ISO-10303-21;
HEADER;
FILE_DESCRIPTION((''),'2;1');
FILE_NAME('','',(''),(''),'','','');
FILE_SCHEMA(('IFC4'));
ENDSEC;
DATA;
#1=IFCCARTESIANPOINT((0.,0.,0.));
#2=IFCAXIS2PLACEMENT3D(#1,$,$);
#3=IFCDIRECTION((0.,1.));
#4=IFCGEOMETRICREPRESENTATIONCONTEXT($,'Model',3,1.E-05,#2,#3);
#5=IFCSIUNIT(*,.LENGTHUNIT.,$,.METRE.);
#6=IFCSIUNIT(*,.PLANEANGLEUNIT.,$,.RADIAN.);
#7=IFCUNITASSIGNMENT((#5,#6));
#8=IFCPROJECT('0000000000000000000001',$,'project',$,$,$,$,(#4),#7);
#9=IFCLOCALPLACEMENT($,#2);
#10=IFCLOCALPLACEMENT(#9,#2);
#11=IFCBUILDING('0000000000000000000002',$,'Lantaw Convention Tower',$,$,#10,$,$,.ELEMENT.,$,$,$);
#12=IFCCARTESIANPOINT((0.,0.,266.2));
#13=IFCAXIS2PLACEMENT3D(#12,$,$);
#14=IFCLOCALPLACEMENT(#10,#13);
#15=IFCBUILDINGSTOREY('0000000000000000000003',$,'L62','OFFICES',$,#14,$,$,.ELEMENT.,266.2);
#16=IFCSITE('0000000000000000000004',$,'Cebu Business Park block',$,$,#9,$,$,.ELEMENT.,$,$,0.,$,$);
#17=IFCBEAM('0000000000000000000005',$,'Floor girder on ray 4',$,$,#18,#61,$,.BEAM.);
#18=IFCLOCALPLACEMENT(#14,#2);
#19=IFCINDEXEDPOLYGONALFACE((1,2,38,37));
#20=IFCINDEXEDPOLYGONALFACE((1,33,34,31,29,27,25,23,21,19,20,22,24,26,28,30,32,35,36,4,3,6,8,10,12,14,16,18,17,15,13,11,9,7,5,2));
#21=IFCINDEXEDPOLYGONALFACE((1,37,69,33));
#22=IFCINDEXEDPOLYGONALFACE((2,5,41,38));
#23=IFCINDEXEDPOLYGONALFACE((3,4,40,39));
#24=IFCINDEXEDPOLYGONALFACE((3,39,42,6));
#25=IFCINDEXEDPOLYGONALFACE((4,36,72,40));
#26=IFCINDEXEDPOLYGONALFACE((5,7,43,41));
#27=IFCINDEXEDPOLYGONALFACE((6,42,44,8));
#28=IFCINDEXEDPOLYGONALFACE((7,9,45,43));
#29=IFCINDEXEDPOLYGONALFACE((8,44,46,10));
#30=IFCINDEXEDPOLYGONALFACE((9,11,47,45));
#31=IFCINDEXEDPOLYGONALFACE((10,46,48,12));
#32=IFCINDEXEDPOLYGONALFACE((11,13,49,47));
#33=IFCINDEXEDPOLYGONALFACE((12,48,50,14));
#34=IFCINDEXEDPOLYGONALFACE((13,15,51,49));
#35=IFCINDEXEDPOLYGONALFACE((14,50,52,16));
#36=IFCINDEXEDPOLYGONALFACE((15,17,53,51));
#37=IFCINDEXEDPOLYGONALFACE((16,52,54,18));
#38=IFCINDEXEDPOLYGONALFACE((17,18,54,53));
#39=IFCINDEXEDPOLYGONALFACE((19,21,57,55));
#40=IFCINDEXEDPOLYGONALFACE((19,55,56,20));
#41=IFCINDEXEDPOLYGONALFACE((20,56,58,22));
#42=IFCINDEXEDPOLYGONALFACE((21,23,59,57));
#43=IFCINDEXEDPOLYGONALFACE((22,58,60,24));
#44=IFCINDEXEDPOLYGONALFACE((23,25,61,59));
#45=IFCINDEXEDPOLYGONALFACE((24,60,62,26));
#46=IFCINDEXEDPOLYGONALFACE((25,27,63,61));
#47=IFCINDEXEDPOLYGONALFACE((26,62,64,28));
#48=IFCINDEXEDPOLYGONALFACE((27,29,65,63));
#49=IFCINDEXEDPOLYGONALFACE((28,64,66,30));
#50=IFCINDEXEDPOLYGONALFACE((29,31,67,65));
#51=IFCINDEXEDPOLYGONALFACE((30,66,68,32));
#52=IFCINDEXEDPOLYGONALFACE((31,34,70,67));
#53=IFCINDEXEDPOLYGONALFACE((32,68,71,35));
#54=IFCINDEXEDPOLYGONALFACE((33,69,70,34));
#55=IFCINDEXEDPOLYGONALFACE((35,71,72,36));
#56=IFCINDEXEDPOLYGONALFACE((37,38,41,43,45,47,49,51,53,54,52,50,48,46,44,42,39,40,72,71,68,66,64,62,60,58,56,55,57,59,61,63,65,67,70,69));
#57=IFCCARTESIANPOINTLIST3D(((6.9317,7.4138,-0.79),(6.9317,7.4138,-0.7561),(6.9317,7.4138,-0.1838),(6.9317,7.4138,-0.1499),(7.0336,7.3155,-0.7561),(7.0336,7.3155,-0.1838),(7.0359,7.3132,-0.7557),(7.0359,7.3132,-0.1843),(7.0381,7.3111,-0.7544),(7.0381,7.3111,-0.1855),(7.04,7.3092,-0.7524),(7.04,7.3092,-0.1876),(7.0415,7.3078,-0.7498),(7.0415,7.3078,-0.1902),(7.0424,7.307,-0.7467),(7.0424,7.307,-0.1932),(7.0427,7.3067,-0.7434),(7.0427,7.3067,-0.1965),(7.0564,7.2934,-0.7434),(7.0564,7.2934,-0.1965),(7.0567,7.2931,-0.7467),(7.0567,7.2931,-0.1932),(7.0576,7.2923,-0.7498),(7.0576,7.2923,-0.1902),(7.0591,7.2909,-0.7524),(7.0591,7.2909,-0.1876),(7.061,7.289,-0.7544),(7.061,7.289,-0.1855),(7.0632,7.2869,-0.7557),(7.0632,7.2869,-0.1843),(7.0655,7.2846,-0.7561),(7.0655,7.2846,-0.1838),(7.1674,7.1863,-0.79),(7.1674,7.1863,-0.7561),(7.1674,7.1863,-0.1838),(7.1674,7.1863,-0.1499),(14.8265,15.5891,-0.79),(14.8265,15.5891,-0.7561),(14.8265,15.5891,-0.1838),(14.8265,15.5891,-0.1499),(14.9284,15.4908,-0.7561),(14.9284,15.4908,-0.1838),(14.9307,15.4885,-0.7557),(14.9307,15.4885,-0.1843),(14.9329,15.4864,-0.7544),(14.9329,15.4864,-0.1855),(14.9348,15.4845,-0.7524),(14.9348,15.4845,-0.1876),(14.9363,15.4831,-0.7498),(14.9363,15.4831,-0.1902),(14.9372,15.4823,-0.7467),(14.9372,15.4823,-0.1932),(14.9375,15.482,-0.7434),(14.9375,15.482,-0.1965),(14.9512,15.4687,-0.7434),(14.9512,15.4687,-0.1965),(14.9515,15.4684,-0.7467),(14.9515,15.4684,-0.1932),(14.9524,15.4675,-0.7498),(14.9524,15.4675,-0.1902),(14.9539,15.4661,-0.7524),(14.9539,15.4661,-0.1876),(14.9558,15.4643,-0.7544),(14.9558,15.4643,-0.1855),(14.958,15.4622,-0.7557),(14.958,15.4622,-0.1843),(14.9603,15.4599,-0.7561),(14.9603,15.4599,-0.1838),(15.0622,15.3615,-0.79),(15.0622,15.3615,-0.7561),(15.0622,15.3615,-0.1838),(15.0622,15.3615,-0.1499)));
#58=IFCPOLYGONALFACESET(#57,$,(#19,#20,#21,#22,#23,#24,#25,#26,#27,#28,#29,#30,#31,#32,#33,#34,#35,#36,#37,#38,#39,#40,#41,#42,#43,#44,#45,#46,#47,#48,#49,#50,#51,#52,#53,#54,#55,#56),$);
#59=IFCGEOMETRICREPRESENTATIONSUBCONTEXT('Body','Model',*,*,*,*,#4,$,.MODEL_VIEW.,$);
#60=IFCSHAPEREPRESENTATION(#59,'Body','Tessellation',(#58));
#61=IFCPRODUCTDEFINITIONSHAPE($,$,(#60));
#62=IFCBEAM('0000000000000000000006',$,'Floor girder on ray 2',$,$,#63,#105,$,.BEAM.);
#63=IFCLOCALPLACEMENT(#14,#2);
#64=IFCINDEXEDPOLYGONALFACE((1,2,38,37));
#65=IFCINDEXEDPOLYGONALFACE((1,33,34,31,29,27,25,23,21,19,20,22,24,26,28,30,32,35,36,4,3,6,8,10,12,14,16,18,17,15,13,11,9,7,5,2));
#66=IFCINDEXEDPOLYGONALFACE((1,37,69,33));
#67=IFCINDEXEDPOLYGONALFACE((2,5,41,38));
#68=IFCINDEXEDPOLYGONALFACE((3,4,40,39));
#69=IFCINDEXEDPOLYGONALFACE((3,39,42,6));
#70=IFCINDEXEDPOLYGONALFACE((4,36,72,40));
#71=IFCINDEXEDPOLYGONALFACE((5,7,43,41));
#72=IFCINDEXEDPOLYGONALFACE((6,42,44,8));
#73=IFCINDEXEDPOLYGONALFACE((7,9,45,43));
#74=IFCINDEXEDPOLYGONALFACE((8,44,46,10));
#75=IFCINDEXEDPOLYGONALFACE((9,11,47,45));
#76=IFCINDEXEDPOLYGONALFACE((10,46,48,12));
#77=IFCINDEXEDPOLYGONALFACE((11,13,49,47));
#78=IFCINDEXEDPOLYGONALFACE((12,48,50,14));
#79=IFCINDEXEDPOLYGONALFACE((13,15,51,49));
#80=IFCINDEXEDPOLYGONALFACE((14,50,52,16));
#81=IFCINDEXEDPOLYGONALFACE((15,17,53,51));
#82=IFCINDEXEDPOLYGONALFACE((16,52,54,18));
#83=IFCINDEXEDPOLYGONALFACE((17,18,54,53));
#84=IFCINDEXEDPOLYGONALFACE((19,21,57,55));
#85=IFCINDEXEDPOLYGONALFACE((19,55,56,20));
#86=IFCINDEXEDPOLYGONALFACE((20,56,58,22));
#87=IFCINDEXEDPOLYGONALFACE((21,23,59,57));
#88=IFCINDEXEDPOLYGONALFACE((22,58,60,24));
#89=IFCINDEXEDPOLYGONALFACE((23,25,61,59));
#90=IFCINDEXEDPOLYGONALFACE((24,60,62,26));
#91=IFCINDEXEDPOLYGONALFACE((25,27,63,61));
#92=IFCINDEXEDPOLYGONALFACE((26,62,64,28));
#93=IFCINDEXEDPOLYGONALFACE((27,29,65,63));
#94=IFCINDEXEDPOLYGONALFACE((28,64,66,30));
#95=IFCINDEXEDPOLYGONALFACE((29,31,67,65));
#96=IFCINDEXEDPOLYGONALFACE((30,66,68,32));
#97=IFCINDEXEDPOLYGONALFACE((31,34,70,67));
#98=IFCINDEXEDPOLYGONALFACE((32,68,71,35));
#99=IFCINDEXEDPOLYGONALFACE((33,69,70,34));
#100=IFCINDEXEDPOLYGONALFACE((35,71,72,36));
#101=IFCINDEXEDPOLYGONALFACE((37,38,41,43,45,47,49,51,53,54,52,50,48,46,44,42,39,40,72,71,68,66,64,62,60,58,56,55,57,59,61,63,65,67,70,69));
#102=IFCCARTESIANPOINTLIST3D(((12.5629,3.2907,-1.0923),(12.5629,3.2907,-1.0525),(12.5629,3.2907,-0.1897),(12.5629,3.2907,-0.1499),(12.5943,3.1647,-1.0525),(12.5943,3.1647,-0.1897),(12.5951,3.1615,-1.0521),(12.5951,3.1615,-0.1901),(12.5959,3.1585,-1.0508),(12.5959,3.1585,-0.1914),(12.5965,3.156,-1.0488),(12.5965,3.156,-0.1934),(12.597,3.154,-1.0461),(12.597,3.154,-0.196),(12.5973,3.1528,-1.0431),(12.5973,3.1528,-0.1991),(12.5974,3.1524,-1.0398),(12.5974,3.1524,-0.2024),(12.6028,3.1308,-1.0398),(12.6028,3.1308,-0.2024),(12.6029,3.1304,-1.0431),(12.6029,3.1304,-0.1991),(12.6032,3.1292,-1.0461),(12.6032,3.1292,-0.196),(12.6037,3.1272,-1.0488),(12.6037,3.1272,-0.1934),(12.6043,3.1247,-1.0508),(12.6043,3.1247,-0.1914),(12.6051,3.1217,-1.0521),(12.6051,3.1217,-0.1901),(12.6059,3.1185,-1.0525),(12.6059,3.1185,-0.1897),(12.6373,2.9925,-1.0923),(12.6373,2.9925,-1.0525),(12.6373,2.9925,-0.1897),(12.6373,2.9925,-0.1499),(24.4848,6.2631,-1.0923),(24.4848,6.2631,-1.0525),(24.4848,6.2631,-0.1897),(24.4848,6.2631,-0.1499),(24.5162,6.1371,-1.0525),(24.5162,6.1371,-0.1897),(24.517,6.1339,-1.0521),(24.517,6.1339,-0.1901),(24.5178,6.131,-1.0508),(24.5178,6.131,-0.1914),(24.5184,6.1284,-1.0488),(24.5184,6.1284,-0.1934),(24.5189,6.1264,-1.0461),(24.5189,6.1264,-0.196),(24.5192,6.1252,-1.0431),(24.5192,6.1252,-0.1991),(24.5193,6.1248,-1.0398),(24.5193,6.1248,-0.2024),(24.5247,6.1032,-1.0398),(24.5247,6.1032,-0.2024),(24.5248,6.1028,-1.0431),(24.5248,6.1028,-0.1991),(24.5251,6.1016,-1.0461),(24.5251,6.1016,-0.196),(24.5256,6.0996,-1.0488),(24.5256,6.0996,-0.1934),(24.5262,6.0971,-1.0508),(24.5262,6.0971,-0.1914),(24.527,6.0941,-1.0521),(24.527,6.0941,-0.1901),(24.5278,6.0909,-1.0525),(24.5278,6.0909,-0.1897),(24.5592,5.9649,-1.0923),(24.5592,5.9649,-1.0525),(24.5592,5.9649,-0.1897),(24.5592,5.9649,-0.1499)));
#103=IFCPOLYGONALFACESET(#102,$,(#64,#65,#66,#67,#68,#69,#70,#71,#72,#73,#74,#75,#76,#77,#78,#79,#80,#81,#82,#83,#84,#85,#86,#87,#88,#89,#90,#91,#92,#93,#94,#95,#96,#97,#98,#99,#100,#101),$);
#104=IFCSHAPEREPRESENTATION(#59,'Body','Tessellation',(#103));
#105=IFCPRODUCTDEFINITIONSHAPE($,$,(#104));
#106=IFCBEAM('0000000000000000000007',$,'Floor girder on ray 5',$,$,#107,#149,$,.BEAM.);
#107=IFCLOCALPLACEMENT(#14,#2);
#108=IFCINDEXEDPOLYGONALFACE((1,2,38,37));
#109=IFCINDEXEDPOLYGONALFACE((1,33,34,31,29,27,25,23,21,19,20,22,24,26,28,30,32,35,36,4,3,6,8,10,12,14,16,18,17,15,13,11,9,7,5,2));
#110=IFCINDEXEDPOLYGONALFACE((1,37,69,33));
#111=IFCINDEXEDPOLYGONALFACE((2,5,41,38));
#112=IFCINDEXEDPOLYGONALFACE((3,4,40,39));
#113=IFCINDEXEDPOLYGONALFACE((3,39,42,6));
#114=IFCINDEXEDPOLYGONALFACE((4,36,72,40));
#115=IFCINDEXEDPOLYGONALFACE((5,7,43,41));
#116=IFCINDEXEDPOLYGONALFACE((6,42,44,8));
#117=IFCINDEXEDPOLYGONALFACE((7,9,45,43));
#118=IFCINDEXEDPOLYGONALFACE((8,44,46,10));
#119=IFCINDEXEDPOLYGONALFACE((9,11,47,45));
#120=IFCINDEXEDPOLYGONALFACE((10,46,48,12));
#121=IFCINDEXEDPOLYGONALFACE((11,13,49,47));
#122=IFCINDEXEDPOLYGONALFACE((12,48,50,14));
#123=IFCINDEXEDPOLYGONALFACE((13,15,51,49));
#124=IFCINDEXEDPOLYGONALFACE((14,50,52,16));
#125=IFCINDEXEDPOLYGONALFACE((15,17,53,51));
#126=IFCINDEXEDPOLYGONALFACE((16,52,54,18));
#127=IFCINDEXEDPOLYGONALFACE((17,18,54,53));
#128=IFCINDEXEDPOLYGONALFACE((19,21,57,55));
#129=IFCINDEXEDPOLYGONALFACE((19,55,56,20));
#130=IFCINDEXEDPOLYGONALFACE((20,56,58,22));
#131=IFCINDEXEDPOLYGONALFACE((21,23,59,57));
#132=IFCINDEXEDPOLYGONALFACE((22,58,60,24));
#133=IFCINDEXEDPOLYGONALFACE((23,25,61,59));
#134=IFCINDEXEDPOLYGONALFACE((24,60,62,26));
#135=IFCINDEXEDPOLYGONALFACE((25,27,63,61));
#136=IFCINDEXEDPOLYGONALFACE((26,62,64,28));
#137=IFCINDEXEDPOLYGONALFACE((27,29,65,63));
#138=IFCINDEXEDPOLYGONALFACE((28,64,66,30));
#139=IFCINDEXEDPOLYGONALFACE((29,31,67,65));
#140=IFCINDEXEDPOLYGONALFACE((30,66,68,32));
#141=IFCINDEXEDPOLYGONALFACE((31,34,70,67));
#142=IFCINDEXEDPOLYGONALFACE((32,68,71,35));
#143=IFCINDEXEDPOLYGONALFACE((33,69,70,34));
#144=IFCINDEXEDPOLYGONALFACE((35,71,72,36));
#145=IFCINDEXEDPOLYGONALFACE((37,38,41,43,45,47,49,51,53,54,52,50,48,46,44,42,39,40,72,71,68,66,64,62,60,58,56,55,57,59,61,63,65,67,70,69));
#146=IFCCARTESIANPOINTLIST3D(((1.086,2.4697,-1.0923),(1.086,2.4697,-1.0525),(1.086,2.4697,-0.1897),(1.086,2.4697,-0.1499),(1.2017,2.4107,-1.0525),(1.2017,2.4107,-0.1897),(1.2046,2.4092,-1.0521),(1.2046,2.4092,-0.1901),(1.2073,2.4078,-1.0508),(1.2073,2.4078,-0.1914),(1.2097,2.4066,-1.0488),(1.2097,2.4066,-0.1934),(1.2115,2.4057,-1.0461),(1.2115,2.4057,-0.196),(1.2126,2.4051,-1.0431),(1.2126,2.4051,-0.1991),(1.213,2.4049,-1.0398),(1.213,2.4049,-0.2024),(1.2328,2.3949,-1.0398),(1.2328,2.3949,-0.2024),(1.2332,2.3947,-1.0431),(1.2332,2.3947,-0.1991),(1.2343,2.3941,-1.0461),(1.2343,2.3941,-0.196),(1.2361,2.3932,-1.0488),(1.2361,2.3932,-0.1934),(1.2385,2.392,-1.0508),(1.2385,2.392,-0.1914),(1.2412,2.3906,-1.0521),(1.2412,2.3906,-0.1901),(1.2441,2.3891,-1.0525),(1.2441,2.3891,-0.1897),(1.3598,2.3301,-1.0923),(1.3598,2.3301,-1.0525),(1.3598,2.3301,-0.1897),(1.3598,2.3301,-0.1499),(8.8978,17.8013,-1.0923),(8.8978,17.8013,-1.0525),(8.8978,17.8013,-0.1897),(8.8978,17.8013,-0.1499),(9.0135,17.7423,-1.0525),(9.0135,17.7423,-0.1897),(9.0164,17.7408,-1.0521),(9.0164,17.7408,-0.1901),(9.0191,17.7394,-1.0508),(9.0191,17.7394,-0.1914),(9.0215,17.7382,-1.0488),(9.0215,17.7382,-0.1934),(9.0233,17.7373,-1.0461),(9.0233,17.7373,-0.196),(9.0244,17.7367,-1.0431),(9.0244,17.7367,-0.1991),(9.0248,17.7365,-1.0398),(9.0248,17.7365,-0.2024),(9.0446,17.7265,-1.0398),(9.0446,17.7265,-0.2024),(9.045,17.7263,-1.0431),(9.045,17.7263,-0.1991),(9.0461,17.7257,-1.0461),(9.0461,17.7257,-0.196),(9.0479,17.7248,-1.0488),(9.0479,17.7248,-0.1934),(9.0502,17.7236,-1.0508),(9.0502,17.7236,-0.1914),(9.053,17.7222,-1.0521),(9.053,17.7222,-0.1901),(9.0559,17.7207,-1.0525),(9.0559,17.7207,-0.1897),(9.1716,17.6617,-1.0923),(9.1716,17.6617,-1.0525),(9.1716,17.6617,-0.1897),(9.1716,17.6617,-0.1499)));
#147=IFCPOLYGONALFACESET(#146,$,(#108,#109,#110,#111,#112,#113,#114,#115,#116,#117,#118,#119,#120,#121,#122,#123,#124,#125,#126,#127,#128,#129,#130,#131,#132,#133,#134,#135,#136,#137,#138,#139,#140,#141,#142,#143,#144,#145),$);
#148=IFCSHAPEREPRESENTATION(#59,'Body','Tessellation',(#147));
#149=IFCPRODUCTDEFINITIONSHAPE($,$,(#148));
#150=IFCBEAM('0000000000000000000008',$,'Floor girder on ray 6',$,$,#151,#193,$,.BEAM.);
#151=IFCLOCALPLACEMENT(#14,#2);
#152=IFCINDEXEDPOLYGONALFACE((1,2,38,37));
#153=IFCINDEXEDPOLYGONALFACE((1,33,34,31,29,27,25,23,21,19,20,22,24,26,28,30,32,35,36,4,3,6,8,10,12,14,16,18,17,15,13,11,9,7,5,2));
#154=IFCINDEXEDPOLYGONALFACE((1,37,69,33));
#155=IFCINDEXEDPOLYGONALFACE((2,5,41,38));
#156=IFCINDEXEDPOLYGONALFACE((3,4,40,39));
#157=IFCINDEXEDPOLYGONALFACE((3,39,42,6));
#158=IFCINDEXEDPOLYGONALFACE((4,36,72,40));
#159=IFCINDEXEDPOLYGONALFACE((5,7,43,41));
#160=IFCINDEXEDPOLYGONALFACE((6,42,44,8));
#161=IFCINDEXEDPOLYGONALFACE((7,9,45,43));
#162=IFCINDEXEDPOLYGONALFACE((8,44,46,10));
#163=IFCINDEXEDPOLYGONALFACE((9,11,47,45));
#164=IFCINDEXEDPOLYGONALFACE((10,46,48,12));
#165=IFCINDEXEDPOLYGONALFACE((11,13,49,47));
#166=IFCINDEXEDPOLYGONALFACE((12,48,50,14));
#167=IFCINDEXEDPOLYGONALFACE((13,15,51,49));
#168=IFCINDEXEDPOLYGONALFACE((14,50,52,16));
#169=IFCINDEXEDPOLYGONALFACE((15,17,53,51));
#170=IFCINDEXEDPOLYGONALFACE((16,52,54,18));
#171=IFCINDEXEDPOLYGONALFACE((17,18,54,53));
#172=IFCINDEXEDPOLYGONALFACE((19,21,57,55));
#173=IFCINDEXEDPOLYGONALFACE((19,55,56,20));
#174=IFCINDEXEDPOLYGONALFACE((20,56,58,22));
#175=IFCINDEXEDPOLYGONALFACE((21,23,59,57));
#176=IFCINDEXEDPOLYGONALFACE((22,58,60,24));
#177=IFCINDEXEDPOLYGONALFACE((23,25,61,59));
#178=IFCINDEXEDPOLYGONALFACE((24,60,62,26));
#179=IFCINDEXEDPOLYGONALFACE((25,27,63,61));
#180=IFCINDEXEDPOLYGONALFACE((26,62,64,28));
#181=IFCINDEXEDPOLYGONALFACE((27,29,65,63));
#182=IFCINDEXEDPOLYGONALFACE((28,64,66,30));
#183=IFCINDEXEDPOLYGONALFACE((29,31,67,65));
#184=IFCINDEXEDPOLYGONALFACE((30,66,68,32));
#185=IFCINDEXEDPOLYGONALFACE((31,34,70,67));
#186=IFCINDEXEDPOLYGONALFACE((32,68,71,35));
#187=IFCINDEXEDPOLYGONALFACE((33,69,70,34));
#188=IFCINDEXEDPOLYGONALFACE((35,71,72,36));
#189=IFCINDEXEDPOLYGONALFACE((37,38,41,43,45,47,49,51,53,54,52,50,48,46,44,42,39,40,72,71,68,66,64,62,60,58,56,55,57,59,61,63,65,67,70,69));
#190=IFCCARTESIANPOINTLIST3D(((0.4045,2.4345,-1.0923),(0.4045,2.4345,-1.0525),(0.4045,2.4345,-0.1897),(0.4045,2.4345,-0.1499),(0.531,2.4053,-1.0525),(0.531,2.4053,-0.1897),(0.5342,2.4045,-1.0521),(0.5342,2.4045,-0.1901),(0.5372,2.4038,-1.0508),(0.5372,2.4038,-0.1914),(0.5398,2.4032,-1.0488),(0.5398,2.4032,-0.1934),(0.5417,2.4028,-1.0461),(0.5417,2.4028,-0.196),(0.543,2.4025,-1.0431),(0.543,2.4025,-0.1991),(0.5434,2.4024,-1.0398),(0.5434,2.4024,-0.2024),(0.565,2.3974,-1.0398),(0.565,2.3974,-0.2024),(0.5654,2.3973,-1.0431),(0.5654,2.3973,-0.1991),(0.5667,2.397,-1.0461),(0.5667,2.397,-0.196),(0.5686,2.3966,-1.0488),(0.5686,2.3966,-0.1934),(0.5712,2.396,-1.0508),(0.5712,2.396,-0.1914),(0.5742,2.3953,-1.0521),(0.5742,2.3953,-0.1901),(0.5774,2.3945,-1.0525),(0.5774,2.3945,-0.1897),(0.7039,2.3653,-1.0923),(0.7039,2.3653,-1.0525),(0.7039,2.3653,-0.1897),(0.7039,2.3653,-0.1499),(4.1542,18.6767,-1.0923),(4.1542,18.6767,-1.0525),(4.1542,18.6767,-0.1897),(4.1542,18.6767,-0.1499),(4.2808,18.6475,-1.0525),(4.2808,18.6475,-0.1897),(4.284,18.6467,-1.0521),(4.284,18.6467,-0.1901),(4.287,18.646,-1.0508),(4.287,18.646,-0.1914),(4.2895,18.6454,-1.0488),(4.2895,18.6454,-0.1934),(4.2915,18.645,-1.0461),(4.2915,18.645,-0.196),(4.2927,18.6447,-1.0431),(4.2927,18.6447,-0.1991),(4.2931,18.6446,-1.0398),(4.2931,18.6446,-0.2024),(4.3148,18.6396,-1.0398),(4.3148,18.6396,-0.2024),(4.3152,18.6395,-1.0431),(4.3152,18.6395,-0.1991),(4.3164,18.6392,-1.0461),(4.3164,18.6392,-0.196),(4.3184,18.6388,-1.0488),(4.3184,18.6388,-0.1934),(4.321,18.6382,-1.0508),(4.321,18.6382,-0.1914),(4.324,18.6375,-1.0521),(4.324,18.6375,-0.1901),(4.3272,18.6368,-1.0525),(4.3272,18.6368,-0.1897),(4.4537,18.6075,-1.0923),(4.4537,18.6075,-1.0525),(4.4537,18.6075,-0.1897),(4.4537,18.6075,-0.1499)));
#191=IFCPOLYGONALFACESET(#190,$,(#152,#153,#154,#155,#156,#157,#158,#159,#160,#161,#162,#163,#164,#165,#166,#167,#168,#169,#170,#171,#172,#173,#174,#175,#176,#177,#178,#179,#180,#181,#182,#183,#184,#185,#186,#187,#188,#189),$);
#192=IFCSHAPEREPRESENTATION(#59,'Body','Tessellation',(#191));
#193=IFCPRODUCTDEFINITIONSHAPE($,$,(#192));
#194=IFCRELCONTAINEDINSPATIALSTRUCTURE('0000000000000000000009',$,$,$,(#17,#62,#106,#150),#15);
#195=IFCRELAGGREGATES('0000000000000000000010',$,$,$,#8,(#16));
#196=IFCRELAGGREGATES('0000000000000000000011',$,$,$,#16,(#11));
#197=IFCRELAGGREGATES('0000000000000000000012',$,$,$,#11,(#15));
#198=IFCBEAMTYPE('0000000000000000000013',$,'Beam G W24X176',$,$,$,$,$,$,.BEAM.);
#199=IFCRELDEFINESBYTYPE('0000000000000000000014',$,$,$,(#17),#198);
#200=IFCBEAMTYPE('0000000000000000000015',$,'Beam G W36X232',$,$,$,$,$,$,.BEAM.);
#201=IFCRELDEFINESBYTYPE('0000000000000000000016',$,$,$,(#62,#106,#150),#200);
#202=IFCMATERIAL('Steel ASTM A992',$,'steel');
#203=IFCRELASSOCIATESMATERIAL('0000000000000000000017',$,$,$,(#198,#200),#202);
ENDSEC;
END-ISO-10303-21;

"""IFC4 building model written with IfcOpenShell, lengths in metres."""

from ifc_helpers import new_model, si_unit, direction, frame, origin, origin_2d, place, context, subcontext, project, spatial, i_section, extrude, material, material_profile, profile_set, type_object, element, save


model = new_model("IFC4")

# Units and contexts
model_context = context("Model", 3, precision=1e-05, world=origin(), true_north=direction((0.0, 1.0)))
body_context = subcontext(model_context, "Body", "Model", "MODEL_VIEW")
ifc_project = project(units=[si_unit("LENGTHUNIT", "METRE"), si_unit("PLANEANGLEUNIT", "RADIAN")], contexts=[model_context])

# Site, building, storey
site_placement = place(None, origin())
site = spatial("IfcSite", under=ifc_project, at=site_placement, Name="Cebu Business Park block", CompositionType="ELEMENT", RefElevation=0.0)
building_placement = place(site_placement, origin())
building = spatial("IfcBuilding", under=site, at=building_placement, Name="Lantaw Convention Tower", CompositionType="ELEMENT")
storey_placement = place(building_placement, frame((0.0, 0.0, 266.2)))
storey = spatial("IfcBuildingStorey", under=building, at=storey_placement, Name="L62", Description="OFFICES", CompositionType="ELEMENT", Elevation=266.2)

# Beams
ifc_material_1 = material(Name="Steel ASTM A992", Category="steel")
ifc_material_profile_1 = material_profile(ifc_material_1, i_section(OverallWidth=0.3276, OverallDepth=0.6401, WebThickness=0.019, FlangeThickness=0.0339, FilletRadius=0.0127, at=origin_2d()), Name="W24X176")
ifc_profile_set_1 = profile_set([ifc_material_profile_1], Name="Steel ASTM A992")
beam_type_1 = type_object("IfcBeamType", Name="Beam G W24X176", PredefinedType="BEAM", material=ifc_profile_set_1)
beam_1_placement = place(storey_placement, frame((7.0496, 7.3, -0.47), z_axis=(0.694658, 0.71934, 0.0), x_axis=(-0.71934, 0.694658, 0.0)))
element("IfcBeam", 1, at=beam_1_placement, inside=storey, type_object=beam_type_1, Name="Floor girder on ray 4", PredefinedType="BEAM", context=body_context, shape_type="SweptSolid", body=[
    extrude(i_section(OverallWidth=0.3276, OverallDepth=0.6401, WebThickness=0.019, FlangeThickness=0.0339, FilletRadius=0.0127, at=origin_2d()), origin(), (0.0, 0.0, 1.0), 11.365),
])
ifc_material_profile_2 = material_profile(ifc_material_1, i_section(OverallWidth=0.3074, OverallDepth=0.9424, WebThickness=0.0222, FlangeThickness=0.0398, FilletRadius=0.0127, at=origin_2d()), Name="W36X232")
ifc_profile_set_2 = profile_set([ifc_material_profile_2], Name="Steel ASTM A992")
beam_type_2 = type_object("IfcBeamType", Name="Beam G W36X232", PredefinedType="BEAM", material=ifc_profile_set_2)
beam_2_placement = place(storey_placement, frame((12.6001, 3.1416, -0.6211), z_axis=(0.970297, 0.241918, 0.0), x_axis=(-0.241918, 0.970297, 0.0)))
element("IfcBeam", 2, at=beam_2_placement, inside=storey, type_object=beam_type_2, Name="Floor girder on ray 2", PredefinedType="BEAM", context=body_context, shape_type="SweptSolid", body=[
    extrude(i_section(OverallWidth=0.3074, OverallDepth=0.9424, WebThickness=0.0222, FlangeThickness=0.0398, FilletRadius=0.0127, at=origin_2d()), origin(), (0.0, 0.0, 1.0), 12.2869),
])
beam_3_placement = place(storey_placement, frame((1.2229, 2.3999, -0.6211), z_axis=(0.453988, 0.891008, 0.0), x_axis=(-0.891008, 0.453988, 0.0)))
element("IfcBeam", 3, at=beam_3_placement, inside=storey, type_object=beam_type_2, Name="Floor girder on ray 5", PredefinedType="BEAM", context=body_context, shape_type="SweptSolid", body=[
    extrude(i_section(OverallWidth=0.3074, OverallDepth=0.9424, WebThickness=0.0222, FlangeThickness=0.0398, FilletRadius=0.0127, at=origin_2d()), origin(), (0.0, 0.0, 1.0), 17.207),
])
beam_4_placement = place(storey_placement, frame((0.5542, 2.3999, -0.6211), z_axis=(0.224948, 0.974371, 0.0), x_axis=(-0.974371, 0.224948, 0.0)))
element("IfcBeam", 4, at=beam_4_placement, inside=storey, type_object=beam_type_2, Name="Floor girder on ray 6", PredefinedType="BEAM", context=body_context, shape_type="SweptSolid", body=[
    extrude(i_section(OverallWidth=0.3074, OverallDepth=0.9424, WebThickness=0.0222, FlangeThickness=0.0398, FilletRadius=0.0127, at=origin_2d()), origin(), (0.0, 0.0, 1.0), 16.6694),
])

save(model, "model.ifc")
